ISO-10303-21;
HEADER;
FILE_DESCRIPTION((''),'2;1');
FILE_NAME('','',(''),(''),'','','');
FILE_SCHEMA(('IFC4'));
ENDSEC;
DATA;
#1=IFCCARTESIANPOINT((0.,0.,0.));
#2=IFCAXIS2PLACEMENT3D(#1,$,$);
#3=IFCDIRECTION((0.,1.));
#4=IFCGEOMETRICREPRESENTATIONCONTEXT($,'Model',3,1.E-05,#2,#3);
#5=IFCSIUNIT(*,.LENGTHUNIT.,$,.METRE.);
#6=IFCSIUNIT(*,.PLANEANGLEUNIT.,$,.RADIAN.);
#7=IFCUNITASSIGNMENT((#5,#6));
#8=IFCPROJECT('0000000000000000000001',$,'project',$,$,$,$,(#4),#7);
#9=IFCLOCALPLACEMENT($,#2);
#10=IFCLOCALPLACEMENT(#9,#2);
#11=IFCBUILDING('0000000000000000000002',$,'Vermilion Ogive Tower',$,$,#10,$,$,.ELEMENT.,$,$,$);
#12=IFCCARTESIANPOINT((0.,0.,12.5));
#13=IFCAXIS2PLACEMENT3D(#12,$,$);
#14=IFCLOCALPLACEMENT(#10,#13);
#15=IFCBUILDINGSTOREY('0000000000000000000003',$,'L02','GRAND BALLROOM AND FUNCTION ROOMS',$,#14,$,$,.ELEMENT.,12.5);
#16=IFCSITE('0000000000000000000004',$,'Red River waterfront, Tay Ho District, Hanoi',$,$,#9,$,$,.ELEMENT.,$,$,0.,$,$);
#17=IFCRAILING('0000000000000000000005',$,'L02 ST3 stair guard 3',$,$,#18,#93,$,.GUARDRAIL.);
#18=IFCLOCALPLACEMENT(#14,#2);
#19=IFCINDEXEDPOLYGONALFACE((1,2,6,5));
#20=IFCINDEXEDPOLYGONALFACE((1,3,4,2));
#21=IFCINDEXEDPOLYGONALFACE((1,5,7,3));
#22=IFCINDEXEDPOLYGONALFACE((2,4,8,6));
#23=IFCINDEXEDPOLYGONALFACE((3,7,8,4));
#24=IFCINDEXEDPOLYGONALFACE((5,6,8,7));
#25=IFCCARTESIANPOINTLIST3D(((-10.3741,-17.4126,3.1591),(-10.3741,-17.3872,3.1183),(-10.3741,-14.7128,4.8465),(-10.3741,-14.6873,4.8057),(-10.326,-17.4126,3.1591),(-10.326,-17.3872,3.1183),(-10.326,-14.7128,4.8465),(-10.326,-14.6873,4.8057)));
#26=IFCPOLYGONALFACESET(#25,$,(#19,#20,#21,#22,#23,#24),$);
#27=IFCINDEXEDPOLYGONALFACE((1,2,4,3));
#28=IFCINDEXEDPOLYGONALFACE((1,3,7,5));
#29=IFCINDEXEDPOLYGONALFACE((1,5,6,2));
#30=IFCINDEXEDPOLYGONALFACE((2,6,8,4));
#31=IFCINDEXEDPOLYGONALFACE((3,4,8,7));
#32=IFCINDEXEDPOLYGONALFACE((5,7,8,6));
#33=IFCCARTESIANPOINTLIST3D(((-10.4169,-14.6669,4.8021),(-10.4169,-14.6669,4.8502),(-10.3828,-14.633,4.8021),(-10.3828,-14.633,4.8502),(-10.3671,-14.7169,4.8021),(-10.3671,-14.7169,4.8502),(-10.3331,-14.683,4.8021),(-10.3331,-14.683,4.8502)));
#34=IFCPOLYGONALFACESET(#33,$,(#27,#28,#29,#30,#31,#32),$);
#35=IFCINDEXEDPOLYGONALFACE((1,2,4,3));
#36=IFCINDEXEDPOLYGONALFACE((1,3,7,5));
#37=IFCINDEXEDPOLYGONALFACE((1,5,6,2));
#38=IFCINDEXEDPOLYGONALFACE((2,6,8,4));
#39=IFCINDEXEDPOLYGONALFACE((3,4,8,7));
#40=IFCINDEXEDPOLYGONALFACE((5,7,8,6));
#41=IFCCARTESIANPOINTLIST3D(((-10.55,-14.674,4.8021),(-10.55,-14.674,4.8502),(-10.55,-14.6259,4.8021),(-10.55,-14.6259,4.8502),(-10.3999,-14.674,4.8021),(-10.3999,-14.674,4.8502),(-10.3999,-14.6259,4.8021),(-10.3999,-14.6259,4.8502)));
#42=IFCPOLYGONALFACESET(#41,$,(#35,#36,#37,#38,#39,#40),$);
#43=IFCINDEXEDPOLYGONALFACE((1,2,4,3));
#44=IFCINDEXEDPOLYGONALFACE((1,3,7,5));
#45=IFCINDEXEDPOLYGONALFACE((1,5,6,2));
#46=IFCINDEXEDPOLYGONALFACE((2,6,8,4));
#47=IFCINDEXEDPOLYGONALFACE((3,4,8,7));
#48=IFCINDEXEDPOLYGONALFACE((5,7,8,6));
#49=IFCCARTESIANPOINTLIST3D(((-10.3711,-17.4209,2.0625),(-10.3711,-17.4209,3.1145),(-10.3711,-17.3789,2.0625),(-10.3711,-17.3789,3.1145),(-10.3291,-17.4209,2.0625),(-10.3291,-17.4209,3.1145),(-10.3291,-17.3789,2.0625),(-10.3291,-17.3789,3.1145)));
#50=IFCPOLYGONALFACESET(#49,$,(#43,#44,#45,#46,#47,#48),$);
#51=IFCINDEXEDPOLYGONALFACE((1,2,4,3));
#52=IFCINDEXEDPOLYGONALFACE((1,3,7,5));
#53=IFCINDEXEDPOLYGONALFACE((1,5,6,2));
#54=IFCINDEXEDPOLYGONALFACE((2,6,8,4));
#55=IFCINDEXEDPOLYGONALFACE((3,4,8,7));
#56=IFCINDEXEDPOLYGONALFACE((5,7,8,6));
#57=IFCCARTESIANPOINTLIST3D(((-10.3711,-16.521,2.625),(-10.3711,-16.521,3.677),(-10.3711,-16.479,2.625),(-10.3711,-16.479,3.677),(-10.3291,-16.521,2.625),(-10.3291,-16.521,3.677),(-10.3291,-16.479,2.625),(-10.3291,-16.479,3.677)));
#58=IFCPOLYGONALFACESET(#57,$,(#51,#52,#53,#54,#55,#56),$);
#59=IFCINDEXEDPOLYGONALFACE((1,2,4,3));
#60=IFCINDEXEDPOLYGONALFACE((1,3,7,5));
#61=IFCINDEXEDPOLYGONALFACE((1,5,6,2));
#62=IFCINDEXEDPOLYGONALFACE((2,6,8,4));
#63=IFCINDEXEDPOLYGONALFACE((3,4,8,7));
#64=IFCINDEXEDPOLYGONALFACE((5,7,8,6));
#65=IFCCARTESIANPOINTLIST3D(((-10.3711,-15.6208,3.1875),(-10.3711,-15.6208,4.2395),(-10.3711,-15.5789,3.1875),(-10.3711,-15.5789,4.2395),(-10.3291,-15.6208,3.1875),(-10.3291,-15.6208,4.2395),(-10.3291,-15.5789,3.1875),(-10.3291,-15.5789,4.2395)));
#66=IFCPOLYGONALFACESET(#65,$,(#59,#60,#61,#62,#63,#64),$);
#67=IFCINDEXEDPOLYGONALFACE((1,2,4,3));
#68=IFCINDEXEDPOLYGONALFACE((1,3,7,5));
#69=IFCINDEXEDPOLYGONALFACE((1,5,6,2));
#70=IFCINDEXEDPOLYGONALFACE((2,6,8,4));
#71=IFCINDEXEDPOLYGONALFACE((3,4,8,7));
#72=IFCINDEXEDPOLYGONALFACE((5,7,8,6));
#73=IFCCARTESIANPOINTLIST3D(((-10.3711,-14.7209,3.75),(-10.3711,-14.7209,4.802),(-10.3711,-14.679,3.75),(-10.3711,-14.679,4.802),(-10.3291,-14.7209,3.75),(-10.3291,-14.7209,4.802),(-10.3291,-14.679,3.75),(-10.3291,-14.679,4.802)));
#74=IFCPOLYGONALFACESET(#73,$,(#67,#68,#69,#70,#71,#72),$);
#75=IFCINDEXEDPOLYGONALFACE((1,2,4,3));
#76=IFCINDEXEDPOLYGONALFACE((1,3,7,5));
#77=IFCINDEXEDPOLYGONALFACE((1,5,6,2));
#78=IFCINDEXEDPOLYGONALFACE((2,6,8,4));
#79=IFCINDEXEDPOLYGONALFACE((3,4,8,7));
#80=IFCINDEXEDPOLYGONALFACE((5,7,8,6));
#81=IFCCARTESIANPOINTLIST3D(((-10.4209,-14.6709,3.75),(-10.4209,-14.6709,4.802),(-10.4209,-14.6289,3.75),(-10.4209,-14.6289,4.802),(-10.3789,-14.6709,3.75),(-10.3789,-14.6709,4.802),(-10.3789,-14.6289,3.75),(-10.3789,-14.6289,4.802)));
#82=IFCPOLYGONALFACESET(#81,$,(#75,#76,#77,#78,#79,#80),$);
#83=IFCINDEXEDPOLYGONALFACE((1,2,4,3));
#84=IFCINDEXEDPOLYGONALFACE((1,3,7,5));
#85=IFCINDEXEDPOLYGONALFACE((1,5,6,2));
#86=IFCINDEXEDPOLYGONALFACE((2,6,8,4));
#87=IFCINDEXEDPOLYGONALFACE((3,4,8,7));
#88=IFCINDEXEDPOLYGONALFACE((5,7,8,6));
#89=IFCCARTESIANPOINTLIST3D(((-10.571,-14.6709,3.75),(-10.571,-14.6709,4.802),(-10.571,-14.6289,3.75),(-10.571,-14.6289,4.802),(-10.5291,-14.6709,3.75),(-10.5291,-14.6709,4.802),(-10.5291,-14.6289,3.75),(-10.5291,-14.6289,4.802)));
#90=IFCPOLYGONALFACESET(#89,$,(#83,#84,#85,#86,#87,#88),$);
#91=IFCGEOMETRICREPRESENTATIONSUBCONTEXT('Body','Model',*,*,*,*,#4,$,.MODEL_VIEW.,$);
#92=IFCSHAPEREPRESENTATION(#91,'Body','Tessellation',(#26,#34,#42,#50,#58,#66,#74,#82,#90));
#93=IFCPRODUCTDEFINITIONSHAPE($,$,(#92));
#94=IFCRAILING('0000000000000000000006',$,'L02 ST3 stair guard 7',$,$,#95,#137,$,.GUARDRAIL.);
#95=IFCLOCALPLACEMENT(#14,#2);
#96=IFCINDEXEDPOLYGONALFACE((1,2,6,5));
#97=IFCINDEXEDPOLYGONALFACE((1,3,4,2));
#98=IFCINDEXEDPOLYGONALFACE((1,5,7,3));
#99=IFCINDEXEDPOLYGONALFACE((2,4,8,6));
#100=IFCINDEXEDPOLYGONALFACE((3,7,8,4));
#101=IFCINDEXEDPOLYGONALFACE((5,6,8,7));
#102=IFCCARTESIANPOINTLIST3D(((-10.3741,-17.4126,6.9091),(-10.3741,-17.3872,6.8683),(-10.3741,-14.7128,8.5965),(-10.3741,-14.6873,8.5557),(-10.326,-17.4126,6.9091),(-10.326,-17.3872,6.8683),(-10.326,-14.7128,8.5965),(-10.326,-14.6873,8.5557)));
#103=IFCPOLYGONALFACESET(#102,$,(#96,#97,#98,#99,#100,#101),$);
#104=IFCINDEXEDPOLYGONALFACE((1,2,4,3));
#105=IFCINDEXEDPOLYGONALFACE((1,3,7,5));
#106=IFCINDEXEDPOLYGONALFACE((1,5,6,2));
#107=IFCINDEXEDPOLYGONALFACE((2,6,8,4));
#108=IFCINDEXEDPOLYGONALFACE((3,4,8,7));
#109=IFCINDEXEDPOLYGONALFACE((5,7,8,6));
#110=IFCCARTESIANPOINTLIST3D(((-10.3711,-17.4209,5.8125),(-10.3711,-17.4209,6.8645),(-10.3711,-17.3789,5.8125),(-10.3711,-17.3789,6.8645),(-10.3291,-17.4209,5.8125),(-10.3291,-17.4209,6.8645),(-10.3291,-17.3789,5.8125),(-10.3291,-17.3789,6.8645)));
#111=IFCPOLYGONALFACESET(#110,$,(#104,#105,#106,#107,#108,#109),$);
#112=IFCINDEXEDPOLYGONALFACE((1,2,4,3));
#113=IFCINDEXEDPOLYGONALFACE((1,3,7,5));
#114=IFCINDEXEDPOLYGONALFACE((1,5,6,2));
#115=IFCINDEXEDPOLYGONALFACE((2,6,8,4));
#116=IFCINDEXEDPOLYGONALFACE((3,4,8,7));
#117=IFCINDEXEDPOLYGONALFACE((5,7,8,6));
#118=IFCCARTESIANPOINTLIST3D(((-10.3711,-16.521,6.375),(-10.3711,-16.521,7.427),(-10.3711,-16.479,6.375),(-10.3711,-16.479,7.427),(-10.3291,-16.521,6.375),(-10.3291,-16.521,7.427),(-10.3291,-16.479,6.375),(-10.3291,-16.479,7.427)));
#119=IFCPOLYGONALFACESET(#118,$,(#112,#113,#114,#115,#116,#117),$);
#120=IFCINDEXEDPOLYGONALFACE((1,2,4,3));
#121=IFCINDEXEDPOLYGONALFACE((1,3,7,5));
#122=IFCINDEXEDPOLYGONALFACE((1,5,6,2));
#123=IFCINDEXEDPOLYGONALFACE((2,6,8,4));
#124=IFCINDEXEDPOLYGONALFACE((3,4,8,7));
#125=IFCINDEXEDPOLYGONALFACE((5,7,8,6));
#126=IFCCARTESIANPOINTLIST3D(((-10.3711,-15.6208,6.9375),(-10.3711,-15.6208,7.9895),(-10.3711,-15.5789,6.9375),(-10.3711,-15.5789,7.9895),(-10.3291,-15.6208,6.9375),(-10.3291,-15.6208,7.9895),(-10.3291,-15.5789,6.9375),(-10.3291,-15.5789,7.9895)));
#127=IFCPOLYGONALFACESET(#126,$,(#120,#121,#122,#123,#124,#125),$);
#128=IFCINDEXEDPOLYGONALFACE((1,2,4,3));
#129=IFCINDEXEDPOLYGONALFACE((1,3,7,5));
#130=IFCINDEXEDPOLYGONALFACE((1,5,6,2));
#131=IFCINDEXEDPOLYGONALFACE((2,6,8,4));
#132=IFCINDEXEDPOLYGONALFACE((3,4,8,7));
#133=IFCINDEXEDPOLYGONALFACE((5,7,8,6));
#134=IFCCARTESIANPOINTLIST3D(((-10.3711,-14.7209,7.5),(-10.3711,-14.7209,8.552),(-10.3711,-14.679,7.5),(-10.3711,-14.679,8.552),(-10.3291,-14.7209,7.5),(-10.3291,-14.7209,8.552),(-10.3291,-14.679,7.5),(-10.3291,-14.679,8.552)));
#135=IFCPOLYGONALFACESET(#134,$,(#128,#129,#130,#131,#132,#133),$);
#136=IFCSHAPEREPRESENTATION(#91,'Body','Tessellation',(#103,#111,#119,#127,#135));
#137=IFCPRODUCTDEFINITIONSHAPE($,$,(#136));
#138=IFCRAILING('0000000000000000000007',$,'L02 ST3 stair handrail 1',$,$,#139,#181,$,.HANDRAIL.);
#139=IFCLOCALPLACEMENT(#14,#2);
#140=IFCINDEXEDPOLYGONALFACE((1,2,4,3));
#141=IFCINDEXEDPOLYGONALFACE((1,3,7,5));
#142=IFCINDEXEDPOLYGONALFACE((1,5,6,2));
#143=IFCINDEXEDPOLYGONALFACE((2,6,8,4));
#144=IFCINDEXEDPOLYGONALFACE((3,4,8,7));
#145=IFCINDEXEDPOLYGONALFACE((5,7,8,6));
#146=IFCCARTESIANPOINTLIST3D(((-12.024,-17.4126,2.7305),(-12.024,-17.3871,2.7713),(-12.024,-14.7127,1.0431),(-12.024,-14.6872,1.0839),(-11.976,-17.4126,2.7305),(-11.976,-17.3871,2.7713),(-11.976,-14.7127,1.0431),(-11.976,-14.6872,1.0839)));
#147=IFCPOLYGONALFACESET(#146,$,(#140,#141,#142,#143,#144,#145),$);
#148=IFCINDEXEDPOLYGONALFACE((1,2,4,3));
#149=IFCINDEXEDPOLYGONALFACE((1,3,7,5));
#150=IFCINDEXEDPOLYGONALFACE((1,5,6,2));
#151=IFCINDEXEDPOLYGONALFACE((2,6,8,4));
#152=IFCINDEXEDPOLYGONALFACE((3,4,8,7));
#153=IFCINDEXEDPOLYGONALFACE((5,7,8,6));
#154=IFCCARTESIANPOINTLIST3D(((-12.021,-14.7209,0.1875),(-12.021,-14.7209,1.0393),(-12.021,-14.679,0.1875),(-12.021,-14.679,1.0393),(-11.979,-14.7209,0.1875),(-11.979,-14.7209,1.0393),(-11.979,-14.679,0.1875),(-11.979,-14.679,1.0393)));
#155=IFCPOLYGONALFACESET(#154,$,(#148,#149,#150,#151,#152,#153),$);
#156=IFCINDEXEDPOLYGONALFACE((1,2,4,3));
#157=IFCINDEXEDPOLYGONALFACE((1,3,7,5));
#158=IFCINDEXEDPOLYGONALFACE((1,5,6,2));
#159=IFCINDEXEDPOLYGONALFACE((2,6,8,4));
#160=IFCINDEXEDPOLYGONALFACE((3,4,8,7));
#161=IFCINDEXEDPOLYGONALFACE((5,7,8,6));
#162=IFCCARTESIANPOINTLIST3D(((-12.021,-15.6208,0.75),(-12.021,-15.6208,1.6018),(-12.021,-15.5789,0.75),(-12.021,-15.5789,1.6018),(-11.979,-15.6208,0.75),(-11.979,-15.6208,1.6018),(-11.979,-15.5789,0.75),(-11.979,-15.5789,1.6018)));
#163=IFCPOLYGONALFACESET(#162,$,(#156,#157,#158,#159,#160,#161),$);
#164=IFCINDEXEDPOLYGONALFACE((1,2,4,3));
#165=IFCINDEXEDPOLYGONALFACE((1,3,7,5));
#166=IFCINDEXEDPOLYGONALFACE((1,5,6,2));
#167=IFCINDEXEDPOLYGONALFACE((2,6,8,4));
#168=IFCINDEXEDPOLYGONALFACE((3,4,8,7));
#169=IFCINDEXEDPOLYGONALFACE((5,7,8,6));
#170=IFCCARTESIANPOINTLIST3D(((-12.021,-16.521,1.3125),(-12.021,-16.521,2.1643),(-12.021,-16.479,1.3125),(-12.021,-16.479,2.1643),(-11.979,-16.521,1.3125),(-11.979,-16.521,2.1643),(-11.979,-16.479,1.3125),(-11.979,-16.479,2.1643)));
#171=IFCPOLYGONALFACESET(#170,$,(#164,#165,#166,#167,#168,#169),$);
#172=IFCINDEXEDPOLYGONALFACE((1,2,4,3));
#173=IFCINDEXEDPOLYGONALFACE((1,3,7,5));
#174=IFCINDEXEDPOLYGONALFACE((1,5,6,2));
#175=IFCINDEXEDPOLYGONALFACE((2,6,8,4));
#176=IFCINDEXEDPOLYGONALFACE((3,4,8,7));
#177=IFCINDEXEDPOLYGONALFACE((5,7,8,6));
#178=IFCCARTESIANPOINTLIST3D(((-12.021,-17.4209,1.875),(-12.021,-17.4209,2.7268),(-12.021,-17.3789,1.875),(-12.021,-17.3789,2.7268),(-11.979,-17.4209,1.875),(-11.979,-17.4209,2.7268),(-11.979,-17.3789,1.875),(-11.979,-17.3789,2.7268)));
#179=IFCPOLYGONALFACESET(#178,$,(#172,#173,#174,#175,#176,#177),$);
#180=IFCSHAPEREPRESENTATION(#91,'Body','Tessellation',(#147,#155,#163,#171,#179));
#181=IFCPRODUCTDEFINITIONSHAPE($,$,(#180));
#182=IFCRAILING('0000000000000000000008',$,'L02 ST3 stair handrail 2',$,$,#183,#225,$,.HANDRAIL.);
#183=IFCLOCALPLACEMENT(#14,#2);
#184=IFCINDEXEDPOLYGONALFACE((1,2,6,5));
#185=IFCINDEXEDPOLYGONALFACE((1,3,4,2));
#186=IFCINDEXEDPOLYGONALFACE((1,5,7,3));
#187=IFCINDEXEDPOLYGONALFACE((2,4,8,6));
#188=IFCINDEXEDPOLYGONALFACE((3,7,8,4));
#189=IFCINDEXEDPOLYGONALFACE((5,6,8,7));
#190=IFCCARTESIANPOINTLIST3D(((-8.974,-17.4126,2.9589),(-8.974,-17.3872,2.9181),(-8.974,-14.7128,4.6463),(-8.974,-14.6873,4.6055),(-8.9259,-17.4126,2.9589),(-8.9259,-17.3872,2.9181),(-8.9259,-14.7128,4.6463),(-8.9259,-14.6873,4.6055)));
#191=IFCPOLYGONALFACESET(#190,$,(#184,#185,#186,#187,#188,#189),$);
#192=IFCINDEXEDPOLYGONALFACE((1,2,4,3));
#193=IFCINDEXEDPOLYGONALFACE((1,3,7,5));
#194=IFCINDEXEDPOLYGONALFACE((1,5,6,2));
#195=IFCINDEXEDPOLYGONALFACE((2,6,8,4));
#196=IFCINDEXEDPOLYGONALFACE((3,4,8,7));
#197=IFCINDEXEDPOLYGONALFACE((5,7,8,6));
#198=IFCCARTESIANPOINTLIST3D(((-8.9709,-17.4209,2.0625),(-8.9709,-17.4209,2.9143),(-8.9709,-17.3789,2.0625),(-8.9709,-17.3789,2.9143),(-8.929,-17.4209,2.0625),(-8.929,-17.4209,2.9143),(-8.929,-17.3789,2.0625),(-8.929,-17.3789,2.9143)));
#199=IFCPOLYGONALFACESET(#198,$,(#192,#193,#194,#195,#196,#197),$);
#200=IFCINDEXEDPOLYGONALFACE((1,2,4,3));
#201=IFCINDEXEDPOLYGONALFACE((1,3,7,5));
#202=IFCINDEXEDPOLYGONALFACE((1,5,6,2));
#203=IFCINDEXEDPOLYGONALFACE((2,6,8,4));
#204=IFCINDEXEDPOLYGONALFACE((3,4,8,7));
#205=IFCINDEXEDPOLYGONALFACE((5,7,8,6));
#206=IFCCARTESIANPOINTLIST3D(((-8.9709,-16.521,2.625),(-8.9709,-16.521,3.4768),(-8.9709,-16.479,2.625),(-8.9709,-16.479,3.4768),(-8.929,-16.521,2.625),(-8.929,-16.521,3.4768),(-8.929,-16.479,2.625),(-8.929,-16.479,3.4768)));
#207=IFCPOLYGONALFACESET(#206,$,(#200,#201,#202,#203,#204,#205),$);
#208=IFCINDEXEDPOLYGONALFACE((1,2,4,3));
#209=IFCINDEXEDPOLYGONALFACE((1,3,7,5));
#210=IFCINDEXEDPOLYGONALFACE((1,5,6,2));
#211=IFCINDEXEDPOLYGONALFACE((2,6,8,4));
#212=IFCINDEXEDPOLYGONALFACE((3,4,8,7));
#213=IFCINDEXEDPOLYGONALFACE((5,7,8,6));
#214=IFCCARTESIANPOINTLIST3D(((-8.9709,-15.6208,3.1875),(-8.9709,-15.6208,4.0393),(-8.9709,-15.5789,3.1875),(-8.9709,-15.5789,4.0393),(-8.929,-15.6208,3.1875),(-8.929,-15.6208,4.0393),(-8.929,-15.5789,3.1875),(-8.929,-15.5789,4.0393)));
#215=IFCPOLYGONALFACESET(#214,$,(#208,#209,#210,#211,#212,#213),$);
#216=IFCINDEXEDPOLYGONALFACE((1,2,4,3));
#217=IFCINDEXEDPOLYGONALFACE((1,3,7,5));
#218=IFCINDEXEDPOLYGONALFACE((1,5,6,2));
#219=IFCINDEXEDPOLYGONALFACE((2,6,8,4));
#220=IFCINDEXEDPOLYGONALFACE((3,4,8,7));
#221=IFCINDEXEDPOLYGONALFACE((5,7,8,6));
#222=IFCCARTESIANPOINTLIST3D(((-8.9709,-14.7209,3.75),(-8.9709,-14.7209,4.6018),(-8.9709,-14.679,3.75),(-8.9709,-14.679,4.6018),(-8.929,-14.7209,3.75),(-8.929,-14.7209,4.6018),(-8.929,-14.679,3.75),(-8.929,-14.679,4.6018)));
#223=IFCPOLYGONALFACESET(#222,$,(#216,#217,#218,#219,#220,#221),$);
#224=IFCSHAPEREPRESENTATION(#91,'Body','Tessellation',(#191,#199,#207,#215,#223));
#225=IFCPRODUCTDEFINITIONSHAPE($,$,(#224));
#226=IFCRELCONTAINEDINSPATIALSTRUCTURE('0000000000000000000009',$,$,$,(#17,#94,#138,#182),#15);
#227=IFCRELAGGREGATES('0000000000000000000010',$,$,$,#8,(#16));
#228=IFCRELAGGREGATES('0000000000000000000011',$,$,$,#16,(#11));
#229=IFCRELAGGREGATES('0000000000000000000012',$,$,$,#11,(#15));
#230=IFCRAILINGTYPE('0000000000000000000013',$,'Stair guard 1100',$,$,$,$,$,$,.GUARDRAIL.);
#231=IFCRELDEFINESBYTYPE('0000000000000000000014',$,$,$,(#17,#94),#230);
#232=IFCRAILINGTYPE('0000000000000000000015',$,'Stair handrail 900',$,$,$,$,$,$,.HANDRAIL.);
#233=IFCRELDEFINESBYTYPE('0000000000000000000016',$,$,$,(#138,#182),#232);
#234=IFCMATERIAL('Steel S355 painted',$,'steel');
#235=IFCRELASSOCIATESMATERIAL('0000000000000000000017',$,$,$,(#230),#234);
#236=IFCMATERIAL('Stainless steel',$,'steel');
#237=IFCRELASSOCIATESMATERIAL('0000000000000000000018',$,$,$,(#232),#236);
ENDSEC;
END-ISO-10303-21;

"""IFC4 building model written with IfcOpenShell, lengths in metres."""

from ifc_helpers import new_model, si_unit, direction, frame, origin, origin_2d, place, context, subcontext, project, spatial, rectangle, extrude, material, type_object, element, save


model = new_model("IFC4")

# Units and contexts
model_context = context("Model", 3, precision=1e-05, world=origin(), true_north=direction((0.0, 1.0)))
body_context = subcontext(model_context, "Body", "Model", "MODEL_VIEW")
ifc_project = project(units=[si_unit("LENGTHUNIT", "METRE"), si_unit("PLANEANGLEUNIT", "RADIAN")], contexts=[model_context])

# Site, building, storey
site_placement = place(None, origin())
site = spatial("IfcSite", under=ifc_project, at=site_placement, Name="Red River waterfront, Tay Ho District, Hanoi", CompositionType="ELEMENT", RefElevation=0.0)
building_placement = place(site_placement, origin())
building = spatial("IfcBuilding", under=site, at=building_placement, Name="Vermilion Ogive Tower", CompositionType="ELEMENT")
storey_placement = place(building_placement, frame((0.0, 0.0, 12.5)))
storey = spatial("IfcBuildingStorey", under=building, at=storey_placement, Name="L02", Description="GRAND BALLROOM AND FUNCTION ROOMS", CompositionType="ELEMENT", Elevation=12.5)

# Railings
ifc_material_1 = material(Name="Steel S355 painted", Category="steel")
railing_type_1 = type_object("IfcRailingType", Name="Stair guard 1100", PredefinedType="GUARDRAIL", material=ifc_material_1)
railing_1_placement = place(storey_placement, frame((-10.3501, -17.3999, 2.0625)))
element("IfcRailing", 1, at=railing_1_placement, inside=storey, type_object=railing_type_1, Name="L02 ST3 stair guard 3", PredefinedType="GUARDRAIL", context=body_context, shape_type="SweptSolid", body=[
    extrude(rectangle(XDim=0.0481, YDim=0.0481, at=origin_2d()), frame((0.0, 0.0, 1.0762), z_axis=(0.0, 0.847994, 0.530006), x_axis=(-1.0, 0.0, 0.0)), (0.0, 0.0, 1.0), 3.1838),
    extrude(rectangle(XDim=0.0481, YDim=0.0481, at=origin_2d()), frame((0.0, 2.7, 2.7637), z_axis=(-0.705376, 0.708834, 0.0), x_axis=(-0.708834, -0.705376, 0.0)), (0.0, 0.0, 1.0), 0.0706),
    extrude(rectangle(XDim=0.0481, YDim=0.0481, at=origin_2d()), frame((-0.0498, 2.75, 2.7637), z_axis=(-1.0, 0.0, 0.0), x_axis=(0.0, -1.0, 0.0)), (0.0, 0.0, 1.0), 0.1501),
    extrude(rectangle(XDim=0.042, YDim=0.042, at=origin_2d()), origin(), (0.0, 0.0, 1.0), 1.052),
    extrude(rectangle(XDim=0.042, YDim=0.042, at=origin_2d()), frame((0.0, 0.8999, 0.5625)), (0.0, 0.0, 1.0), 1.052),
    extrude(rectangle(XDim=0.042, YDim=0.042, at=origin_2d()), frame((0.0, 1.8, 1.125)), (0.0, 0.0, 1.0), 1.052),
    extrude(rectangle(XDim=0.042, YDim=0.042, at=origin_2d()), frame((0.0, 2.7, 1.6875)), (0.0, 0.0, 1.0), 1.052),
    extrude(rectangle(XDim=0.042, YDim=0.042, at=origin_2d()), frame((-0.0498, 2.75, 1.6875)), (0.0, 0.0, 1.0), 1.052),
    extrude(rectangle(XDim=0.042, YDim=0.042, at=origin_2d()), frame((-0.2, 2.75, 1.6875)), (0.0, 0.0, 1.0), 1.052),
])
railing_2_placement = place(storey_placement, frame((-10.3501, -17.3999, 5.8125)))
element("IfcRailing", 2, at=railing_2_placement, inside=storey, type_object=railing_type_1, Name="L02 ST3 stair guard 7", PredefinedType="GUARDRAIL", context=body_context, shape_type="SweptSolid", body=[
    extrude(rectangle(XDim=0.0481, YDim=0.0481, at=origin_2d()), frame((0.0, 0.0, 1.0762), z_axis=(0.0, 0.847994, 0.530006), x_axis=(-1.0, 0.0, 0.0)), (0.0, 0.0, 1.0), 3.1838),
    extrude(rectangle(XDim=0.042, YDim=0.042, at=origin_2d()), origin(), (0.0, 0.0, 1.0), 1.052),
    extrude(rectangle(XDim=0.042, YDim=0.042, at=origin_2d()), frame((0.0, 0.8999, 0.5625)), (0.0, 0.0, 1.0), 1.052),
    extrude(rectangle(XDim=0.042, YDim=0.042, at=origin_2d()), frame((0.0, 1.8, 1.125)), (0.0, 0.0, 1.0), 1.052),
    extrude(rectangle(XDim=0.042, YDim=0.042, at=origin_2d()), frame((0.0, 2.7, 1.6875)), (0.0, 0.0, 1.0), 1.052),
])
ifc_material_2 = material(Name="Stainless steel", Category="steel")
railing_type_2 = type_object("IfcRailingType", Name="Stair handrail 900", PredefinedType="HANDRAIL", material=ifc_material_2)
railing_3_placement = place(storey_placement, frame((-12.0, -14.7, 0.1875)))
element("IfcRailing", 3, at=railing_3_placement, inside=storey, type_object=railing_type_2, Name="L02 ST3 stair handrail 1", PredefinedType="HANDRAIL", context=body_context, shape_type="SweptSolid", body=[
    extrude(rectangle(XDim=0.0481, YDim=0.0481, at=origin_2d()), frame((0.0, 0.0, 0.876), z_axis=(0.0, -0.847994, 0.530006), x_axis=(1.0, 0.0, 0.0)), (0.0, 0.0, 1.0), 3.1838),
    extrude(rectangle(XDim=0.042, YDim=0.042, at=origin_2d()), origin(), (0.0, 0.0, 1.0), 0.8518),
    extrude(rectangle(XDim=0.042, YDim=0.042, at=origin_2d()), frame((0.0, -0.8999, 0.5625)), (0.0, 0.0, 1.0), 0.8518),
    extrude(rectangle(XDim=0.042, YDim=0.042, at=origin_2d()), frame((0.0, -1.8, 1.125)), (0.0, 0.0, 1.0), 0.8518),
    extrude(rectangle(XDim=0.042, YDim=0.042, at=origin_2d()), frame((0.0, -2.7, 1.6875)), (0.0, 0.0, 1.0), 0.8518),
])
for number, where, name in (
    (4, (-8.95, -17.3999, 2.0625), "L02 ST3 stair handrail 2"),
):
    element("IfcRailing", number, at=place(storey_placement, frame(where)), inside=storey, type_object=railing_type_2, Name=name, PredefinedType="HANDRAIL", context=body_context, shape_type="SweptSolid", body=[
        extrude(rectangle(XDim=0.0481, YDim=0.0481, at=origin_2d()), frame((0.0, 0.0, 0.876), z_axis=(0.0, 0.847994, 0.530006), x_axis=(-1.0, 0.0, 0.0)), (0.0, 0.0, 1.0), 3.1838),
        extrude(rectangle(XDim=0.042, YDim=0.042, at=origin_2d()), origin(), (0.0, 0.0, 1.0), 0.8518),
        extrude(rectangle(XDim=0.042, YDim=0.042, at=origin_2d()), frame((0.0, 0.8999, 0.5625)), (0.0, 0.0, 1.0), 0.8518),
        extrude(rectangle(XDim=0.042, YDim=0.042, at=origin_2d()), frame((0.0, 1.8, 1.125)), (0.0, 0.0, 1.0), 0.8518),
        extrude(rectangle(XDim=0.042, YDim=0.042, at=origin_2d()), frame((0.0, 2.7, 1.6875)), (0.0, 0.0, 1.0), 0.8518),
    ])

save(model, "model.ifc")
